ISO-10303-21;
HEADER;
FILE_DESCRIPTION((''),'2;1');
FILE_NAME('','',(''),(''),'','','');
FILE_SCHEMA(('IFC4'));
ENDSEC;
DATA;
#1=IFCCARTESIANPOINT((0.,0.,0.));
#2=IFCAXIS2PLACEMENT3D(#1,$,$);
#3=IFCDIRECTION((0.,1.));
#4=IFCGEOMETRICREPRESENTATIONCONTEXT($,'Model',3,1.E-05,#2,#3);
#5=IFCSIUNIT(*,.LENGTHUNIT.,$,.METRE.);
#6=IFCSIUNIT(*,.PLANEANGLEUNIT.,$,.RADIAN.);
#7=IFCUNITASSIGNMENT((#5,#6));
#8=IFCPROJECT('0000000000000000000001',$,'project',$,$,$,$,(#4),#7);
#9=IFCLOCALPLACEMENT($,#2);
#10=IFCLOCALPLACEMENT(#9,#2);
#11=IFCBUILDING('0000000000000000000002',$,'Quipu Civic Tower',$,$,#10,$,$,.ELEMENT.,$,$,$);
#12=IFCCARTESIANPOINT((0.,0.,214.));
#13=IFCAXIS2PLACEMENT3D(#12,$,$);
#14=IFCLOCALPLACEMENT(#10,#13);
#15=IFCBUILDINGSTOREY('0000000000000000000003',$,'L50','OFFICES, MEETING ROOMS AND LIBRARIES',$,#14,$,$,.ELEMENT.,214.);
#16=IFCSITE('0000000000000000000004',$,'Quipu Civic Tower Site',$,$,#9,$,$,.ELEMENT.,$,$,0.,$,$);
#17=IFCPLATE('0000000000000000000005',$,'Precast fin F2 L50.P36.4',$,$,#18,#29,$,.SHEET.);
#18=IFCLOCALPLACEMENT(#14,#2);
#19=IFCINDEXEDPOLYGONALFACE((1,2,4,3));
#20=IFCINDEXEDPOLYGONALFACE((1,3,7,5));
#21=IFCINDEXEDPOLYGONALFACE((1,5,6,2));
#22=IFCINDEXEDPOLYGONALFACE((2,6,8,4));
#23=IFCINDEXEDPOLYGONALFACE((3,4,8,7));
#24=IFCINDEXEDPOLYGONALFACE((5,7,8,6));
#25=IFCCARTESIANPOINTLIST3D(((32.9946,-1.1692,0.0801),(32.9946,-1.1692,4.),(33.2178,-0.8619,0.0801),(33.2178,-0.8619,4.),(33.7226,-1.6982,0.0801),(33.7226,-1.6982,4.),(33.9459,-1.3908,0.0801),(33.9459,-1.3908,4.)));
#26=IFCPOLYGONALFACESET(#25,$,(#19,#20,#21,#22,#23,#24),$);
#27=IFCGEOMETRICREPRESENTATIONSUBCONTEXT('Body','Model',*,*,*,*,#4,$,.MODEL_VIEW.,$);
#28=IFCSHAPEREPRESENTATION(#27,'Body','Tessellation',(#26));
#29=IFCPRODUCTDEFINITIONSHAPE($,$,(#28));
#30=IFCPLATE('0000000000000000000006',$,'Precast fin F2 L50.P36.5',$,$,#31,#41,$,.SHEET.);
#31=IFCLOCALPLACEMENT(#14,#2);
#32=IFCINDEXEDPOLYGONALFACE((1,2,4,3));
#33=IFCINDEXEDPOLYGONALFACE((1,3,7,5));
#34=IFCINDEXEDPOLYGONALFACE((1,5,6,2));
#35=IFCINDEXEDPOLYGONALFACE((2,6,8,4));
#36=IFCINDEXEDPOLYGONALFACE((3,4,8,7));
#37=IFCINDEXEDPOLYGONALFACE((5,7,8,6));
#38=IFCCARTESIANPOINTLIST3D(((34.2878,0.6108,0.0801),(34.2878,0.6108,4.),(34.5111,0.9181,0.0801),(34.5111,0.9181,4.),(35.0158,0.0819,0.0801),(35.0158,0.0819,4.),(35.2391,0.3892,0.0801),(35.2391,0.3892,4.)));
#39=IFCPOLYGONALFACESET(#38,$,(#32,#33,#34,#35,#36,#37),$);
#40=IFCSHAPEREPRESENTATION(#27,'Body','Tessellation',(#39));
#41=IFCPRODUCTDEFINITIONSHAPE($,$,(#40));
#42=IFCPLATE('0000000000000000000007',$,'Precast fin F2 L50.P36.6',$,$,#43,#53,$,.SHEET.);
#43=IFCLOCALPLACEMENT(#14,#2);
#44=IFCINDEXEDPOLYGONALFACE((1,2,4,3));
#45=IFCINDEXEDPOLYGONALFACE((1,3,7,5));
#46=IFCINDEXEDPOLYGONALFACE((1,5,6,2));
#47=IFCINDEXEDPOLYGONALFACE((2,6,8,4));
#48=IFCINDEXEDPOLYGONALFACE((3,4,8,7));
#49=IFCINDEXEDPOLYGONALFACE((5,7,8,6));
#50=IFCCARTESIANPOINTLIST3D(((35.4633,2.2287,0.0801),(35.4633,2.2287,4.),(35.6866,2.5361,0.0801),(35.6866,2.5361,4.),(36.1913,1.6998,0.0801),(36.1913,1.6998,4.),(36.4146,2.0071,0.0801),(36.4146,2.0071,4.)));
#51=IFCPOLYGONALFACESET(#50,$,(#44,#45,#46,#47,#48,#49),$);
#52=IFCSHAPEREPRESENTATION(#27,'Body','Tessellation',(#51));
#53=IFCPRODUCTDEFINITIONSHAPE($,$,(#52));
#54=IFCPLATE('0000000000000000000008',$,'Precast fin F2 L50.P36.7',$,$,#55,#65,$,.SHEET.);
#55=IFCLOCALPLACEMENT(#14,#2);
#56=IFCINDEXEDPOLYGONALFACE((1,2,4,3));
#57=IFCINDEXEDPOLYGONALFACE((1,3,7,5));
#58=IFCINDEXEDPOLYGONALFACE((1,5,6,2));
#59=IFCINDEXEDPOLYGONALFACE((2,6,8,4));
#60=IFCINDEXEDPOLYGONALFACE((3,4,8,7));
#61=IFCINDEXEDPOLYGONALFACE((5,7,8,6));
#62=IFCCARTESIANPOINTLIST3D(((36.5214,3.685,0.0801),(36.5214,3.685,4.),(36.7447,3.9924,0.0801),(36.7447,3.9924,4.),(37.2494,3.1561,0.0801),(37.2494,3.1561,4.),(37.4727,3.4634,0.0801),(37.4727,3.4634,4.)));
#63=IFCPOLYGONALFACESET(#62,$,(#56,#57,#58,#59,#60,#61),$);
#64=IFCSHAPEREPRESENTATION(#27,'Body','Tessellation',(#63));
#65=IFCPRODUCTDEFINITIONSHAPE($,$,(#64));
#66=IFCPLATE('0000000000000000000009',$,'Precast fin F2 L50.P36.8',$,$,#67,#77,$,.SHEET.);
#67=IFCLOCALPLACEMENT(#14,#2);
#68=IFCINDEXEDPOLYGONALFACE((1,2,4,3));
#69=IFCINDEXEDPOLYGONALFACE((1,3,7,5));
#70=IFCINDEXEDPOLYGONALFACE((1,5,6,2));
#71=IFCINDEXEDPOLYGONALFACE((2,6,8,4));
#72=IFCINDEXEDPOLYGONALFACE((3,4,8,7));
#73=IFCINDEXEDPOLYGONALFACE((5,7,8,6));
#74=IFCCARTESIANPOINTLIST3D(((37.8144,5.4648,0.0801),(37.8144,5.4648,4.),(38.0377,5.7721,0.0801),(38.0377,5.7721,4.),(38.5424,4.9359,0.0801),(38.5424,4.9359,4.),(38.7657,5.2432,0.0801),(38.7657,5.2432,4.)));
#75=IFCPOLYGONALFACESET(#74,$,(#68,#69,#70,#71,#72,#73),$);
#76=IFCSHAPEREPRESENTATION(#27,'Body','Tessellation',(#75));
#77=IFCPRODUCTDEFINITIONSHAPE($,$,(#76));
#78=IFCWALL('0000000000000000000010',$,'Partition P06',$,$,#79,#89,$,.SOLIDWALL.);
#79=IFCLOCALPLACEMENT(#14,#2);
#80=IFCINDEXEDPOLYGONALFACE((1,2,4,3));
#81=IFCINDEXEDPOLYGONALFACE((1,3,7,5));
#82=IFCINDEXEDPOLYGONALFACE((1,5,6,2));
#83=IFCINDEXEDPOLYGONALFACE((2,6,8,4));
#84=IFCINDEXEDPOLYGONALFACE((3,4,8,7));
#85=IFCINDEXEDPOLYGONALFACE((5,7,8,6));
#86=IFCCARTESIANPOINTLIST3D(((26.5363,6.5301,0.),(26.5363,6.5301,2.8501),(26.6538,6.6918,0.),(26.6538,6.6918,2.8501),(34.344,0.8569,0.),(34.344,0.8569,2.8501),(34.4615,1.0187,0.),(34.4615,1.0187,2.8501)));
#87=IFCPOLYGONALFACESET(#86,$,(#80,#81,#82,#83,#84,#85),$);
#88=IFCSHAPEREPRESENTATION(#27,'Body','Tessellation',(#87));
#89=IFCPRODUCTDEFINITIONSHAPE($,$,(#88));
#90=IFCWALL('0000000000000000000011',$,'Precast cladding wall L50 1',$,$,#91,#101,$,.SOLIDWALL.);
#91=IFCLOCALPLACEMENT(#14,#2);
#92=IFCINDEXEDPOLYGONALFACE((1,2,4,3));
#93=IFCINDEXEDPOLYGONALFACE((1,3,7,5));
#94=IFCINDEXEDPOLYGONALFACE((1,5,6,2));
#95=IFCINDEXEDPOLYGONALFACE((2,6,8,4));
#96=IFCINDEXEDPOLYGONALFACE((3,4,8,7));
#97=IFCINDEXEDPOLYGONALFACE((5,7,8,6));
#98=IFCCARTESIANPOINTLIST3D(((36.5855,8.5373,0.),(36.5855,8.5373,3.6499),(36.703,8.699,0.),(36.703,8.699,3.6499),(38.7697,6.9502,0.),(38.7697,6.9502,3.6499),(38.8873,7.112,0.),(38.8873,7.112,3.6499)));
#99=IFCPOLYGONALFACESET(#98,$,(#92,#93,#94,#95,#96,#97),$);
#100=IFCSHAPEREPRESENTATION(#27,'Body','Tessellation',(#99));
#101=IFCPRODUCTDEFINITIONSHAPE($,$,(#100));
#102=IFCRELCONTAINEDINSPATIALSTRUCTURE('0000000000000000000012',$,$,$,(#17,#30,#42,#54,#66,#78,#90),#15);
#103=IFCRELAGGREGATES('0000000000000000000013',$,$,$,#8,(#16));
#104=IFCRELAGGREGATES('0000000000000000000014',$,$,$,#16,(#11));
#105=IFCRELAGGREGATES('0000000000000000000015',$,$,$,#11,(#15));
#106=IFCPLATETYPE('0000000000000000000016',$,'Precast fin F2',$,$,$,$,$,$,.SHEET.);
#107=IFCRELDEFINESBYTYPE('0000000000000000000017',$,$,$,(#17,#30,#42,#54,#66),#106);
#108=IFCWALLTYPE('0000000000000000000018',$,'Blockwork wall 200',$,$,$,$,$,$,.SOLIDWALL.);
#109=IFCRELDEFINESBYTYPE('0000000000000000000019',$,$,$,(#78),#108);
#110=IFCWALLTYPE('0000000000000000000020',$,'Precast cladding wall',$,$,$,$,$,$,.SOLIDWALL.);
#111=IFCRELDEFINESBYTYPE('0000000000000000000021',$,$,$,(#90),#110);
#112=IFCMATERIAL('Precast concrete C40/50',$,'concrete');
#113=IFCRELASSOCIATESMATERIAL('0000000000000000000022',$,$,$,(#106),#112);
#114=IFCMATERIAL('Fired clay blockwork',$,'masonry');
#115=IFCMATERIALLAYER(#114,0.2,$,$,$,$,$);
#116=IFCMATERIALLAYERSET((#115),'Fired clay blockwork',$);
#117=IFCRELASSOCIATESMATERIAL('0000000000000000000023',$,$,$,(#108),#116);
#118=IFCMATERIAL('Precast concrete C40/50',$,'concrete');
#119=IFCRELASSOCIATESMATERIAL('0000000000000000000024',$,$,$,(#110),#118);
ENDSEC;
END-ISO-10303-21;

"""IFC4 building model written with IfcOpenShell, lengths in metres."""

from ifc_helpers import new_model, si_unit, direction, frame, frame_2d, origin, origin_2d, place, context, subcontext, project, spatial, rectangle, extrude, material, layer, layer_set, type_object, element, save


model = new_model("IFC4")

# Units and contexts
model_context = context("Model", 3, precision=1e-05, world=origin(), true_north=direction((0.0, 1.0)))
body_context = subcontext(model_context, "Body", "Model", "MODEL_VIEW")
ifc_project = project(units=[si_unit("LENGTHUNIT", "METRE"), si_unit("PLANEANGLEUNIT", "RADIAN")], contexts=[model_context])

# Site, building, storey
site_placement = place(None, origin())
site = spatial("IfcSite", under=ifc_project, at=site_placement, Name="Quipu Civic Tower Site", CompositionType="ELEMENT", RefElevation=0.0)
building_placement = place(site_placement, origin())
building = spatial("IfcBuilding", under=site, at=building_placement, Name="Quipu Civic Tower", CompositionType="ELEMENT")
storey_placement = place(building_placement, frame((0.0, 0.0, 214.0)))
storey = spatial("IfcBuildingStorey", under=building, at=storey_placement, Name="L50", Description="OFFICES, MEETING ROOMS AND LIBRARIES", CompositionType="ELEMENT", Elevation=214.0)

# Plates
ifc_material_1 = material(Name="Precast concrete C40/50", Category="concrete")
plate_type_1 = type_object("IfcPlateType", Name="Precast fin F2", PredefinedType="SHEET", material=ifc_material_1)
for number, where, z_axis, x_axis, name in (
    (1, (33.4702, -1.28, 0.0801), (0.0, 0.0, 1.0), (0.587787, 0.809016, 0.0), "Precast fin F2 L50.P36.4"),
    (2, (34.7634, 0.5, 0.0801), (0.0, 0.0, 1.0), (0.587787, 0.809016, 0.0), "Precast fin F2 L50.P36.5"),
    (3, (35.939, 2.1179, 0.0801), (0.0, 0.0, 1.0), (0.587787, 0.809016, 0.0), "Precast fin F2 L50.P36.6"),
    (4, (36.9971, 3.5742, 0.0801), (0.0, 0.0, 1.0), (0.587787, 0.809016, 0.0), "Precast fin F2 L50.P36.7"),
    (5, (38.29, 5.354, 0.0801), (0.0, 0.0, 1.0), (0.587787, 0.809016, 0.0), "Precast fin F2 L50.P36.8"),
):
    element("IfcPlate", number, at=place(storey_placement, frame(where, z_axis=z_axis, x_axis=x_axis)), inside=storey, type_object=plate_type_1, Name=name, PredefinedType="SHEET", context=body_context, shape_type="SweptSolid", body=[
        extrude(rectangle(XDim=0.3799, YDim=0.8999, at=origin_2d()), origin(), (0.0, 0.0, 1.0), 3.9199),
    ])

# Walls
ifc_material_2 = material(Name="Fired clay blockwork", Category="masonry")
ifc_layer_1 = layer(ifc_material_2, 0.2)
ifc_layer_set_1 = layer_set([ifc_layer_1], Name="Fired clay blockwork")
wall_type_1 = type_object("IfcWallType", Name="Blockwork wall 200", PredefinedType="SOLIDWALL", material=ifc_layer_set_1)
wall_1_placement = place(storey_placement, frame((34.4028, 0.9377, 0.0), z_axis=(0.0, 0.0, 1.0), x_axis=(-0.808991, 0.587821, 0.0)))
element("IfcWall", 6, at=wall_1_placement, inside=storey, type_object=wall_type_1, Name="Partition P06", PredefinedType="SOLIDWALL", context=body_context, shape_type="SweptSolid", body=[
    extrude(rectangle(XDim=9.6511, YDim=0.2, at=frame_2d((4.8257, 0.0))), origin(), (0.0, 0.0, 1.0), 2.8501),
])
ifc_material_3 = material(Name="Precast concrete C40/50", Category="concrete")
wall_type_2 = type_object("IfcWallType", Name="Precast cladding wall", PredefinedType="SOLIDWALL", material=ifc_material_3)
wall_2_placement = place(storey_placement, frame((38.8286, 7.031, 0.0), z_axis=(0.0, 0.0, 1.0), x_axis=(-0.80899, 0.587822, 0.0)))
element("IfcWall", 7, at=wall_2_placement, inside=storey, type_object=wall_type_2, Name="Precast cladding wall L50 1", PredefinedType="SOLIDWALL", context=body_context, shape_type="SweptSolid", body=[
    extrude(rectangle(XDim=2.7, YDim=0.2, at=frame_2d((1.3501, 0.0))), origin(), (0.0, 0.0, 1.0), 3.6499),
])

save(model, "model.ifc")
